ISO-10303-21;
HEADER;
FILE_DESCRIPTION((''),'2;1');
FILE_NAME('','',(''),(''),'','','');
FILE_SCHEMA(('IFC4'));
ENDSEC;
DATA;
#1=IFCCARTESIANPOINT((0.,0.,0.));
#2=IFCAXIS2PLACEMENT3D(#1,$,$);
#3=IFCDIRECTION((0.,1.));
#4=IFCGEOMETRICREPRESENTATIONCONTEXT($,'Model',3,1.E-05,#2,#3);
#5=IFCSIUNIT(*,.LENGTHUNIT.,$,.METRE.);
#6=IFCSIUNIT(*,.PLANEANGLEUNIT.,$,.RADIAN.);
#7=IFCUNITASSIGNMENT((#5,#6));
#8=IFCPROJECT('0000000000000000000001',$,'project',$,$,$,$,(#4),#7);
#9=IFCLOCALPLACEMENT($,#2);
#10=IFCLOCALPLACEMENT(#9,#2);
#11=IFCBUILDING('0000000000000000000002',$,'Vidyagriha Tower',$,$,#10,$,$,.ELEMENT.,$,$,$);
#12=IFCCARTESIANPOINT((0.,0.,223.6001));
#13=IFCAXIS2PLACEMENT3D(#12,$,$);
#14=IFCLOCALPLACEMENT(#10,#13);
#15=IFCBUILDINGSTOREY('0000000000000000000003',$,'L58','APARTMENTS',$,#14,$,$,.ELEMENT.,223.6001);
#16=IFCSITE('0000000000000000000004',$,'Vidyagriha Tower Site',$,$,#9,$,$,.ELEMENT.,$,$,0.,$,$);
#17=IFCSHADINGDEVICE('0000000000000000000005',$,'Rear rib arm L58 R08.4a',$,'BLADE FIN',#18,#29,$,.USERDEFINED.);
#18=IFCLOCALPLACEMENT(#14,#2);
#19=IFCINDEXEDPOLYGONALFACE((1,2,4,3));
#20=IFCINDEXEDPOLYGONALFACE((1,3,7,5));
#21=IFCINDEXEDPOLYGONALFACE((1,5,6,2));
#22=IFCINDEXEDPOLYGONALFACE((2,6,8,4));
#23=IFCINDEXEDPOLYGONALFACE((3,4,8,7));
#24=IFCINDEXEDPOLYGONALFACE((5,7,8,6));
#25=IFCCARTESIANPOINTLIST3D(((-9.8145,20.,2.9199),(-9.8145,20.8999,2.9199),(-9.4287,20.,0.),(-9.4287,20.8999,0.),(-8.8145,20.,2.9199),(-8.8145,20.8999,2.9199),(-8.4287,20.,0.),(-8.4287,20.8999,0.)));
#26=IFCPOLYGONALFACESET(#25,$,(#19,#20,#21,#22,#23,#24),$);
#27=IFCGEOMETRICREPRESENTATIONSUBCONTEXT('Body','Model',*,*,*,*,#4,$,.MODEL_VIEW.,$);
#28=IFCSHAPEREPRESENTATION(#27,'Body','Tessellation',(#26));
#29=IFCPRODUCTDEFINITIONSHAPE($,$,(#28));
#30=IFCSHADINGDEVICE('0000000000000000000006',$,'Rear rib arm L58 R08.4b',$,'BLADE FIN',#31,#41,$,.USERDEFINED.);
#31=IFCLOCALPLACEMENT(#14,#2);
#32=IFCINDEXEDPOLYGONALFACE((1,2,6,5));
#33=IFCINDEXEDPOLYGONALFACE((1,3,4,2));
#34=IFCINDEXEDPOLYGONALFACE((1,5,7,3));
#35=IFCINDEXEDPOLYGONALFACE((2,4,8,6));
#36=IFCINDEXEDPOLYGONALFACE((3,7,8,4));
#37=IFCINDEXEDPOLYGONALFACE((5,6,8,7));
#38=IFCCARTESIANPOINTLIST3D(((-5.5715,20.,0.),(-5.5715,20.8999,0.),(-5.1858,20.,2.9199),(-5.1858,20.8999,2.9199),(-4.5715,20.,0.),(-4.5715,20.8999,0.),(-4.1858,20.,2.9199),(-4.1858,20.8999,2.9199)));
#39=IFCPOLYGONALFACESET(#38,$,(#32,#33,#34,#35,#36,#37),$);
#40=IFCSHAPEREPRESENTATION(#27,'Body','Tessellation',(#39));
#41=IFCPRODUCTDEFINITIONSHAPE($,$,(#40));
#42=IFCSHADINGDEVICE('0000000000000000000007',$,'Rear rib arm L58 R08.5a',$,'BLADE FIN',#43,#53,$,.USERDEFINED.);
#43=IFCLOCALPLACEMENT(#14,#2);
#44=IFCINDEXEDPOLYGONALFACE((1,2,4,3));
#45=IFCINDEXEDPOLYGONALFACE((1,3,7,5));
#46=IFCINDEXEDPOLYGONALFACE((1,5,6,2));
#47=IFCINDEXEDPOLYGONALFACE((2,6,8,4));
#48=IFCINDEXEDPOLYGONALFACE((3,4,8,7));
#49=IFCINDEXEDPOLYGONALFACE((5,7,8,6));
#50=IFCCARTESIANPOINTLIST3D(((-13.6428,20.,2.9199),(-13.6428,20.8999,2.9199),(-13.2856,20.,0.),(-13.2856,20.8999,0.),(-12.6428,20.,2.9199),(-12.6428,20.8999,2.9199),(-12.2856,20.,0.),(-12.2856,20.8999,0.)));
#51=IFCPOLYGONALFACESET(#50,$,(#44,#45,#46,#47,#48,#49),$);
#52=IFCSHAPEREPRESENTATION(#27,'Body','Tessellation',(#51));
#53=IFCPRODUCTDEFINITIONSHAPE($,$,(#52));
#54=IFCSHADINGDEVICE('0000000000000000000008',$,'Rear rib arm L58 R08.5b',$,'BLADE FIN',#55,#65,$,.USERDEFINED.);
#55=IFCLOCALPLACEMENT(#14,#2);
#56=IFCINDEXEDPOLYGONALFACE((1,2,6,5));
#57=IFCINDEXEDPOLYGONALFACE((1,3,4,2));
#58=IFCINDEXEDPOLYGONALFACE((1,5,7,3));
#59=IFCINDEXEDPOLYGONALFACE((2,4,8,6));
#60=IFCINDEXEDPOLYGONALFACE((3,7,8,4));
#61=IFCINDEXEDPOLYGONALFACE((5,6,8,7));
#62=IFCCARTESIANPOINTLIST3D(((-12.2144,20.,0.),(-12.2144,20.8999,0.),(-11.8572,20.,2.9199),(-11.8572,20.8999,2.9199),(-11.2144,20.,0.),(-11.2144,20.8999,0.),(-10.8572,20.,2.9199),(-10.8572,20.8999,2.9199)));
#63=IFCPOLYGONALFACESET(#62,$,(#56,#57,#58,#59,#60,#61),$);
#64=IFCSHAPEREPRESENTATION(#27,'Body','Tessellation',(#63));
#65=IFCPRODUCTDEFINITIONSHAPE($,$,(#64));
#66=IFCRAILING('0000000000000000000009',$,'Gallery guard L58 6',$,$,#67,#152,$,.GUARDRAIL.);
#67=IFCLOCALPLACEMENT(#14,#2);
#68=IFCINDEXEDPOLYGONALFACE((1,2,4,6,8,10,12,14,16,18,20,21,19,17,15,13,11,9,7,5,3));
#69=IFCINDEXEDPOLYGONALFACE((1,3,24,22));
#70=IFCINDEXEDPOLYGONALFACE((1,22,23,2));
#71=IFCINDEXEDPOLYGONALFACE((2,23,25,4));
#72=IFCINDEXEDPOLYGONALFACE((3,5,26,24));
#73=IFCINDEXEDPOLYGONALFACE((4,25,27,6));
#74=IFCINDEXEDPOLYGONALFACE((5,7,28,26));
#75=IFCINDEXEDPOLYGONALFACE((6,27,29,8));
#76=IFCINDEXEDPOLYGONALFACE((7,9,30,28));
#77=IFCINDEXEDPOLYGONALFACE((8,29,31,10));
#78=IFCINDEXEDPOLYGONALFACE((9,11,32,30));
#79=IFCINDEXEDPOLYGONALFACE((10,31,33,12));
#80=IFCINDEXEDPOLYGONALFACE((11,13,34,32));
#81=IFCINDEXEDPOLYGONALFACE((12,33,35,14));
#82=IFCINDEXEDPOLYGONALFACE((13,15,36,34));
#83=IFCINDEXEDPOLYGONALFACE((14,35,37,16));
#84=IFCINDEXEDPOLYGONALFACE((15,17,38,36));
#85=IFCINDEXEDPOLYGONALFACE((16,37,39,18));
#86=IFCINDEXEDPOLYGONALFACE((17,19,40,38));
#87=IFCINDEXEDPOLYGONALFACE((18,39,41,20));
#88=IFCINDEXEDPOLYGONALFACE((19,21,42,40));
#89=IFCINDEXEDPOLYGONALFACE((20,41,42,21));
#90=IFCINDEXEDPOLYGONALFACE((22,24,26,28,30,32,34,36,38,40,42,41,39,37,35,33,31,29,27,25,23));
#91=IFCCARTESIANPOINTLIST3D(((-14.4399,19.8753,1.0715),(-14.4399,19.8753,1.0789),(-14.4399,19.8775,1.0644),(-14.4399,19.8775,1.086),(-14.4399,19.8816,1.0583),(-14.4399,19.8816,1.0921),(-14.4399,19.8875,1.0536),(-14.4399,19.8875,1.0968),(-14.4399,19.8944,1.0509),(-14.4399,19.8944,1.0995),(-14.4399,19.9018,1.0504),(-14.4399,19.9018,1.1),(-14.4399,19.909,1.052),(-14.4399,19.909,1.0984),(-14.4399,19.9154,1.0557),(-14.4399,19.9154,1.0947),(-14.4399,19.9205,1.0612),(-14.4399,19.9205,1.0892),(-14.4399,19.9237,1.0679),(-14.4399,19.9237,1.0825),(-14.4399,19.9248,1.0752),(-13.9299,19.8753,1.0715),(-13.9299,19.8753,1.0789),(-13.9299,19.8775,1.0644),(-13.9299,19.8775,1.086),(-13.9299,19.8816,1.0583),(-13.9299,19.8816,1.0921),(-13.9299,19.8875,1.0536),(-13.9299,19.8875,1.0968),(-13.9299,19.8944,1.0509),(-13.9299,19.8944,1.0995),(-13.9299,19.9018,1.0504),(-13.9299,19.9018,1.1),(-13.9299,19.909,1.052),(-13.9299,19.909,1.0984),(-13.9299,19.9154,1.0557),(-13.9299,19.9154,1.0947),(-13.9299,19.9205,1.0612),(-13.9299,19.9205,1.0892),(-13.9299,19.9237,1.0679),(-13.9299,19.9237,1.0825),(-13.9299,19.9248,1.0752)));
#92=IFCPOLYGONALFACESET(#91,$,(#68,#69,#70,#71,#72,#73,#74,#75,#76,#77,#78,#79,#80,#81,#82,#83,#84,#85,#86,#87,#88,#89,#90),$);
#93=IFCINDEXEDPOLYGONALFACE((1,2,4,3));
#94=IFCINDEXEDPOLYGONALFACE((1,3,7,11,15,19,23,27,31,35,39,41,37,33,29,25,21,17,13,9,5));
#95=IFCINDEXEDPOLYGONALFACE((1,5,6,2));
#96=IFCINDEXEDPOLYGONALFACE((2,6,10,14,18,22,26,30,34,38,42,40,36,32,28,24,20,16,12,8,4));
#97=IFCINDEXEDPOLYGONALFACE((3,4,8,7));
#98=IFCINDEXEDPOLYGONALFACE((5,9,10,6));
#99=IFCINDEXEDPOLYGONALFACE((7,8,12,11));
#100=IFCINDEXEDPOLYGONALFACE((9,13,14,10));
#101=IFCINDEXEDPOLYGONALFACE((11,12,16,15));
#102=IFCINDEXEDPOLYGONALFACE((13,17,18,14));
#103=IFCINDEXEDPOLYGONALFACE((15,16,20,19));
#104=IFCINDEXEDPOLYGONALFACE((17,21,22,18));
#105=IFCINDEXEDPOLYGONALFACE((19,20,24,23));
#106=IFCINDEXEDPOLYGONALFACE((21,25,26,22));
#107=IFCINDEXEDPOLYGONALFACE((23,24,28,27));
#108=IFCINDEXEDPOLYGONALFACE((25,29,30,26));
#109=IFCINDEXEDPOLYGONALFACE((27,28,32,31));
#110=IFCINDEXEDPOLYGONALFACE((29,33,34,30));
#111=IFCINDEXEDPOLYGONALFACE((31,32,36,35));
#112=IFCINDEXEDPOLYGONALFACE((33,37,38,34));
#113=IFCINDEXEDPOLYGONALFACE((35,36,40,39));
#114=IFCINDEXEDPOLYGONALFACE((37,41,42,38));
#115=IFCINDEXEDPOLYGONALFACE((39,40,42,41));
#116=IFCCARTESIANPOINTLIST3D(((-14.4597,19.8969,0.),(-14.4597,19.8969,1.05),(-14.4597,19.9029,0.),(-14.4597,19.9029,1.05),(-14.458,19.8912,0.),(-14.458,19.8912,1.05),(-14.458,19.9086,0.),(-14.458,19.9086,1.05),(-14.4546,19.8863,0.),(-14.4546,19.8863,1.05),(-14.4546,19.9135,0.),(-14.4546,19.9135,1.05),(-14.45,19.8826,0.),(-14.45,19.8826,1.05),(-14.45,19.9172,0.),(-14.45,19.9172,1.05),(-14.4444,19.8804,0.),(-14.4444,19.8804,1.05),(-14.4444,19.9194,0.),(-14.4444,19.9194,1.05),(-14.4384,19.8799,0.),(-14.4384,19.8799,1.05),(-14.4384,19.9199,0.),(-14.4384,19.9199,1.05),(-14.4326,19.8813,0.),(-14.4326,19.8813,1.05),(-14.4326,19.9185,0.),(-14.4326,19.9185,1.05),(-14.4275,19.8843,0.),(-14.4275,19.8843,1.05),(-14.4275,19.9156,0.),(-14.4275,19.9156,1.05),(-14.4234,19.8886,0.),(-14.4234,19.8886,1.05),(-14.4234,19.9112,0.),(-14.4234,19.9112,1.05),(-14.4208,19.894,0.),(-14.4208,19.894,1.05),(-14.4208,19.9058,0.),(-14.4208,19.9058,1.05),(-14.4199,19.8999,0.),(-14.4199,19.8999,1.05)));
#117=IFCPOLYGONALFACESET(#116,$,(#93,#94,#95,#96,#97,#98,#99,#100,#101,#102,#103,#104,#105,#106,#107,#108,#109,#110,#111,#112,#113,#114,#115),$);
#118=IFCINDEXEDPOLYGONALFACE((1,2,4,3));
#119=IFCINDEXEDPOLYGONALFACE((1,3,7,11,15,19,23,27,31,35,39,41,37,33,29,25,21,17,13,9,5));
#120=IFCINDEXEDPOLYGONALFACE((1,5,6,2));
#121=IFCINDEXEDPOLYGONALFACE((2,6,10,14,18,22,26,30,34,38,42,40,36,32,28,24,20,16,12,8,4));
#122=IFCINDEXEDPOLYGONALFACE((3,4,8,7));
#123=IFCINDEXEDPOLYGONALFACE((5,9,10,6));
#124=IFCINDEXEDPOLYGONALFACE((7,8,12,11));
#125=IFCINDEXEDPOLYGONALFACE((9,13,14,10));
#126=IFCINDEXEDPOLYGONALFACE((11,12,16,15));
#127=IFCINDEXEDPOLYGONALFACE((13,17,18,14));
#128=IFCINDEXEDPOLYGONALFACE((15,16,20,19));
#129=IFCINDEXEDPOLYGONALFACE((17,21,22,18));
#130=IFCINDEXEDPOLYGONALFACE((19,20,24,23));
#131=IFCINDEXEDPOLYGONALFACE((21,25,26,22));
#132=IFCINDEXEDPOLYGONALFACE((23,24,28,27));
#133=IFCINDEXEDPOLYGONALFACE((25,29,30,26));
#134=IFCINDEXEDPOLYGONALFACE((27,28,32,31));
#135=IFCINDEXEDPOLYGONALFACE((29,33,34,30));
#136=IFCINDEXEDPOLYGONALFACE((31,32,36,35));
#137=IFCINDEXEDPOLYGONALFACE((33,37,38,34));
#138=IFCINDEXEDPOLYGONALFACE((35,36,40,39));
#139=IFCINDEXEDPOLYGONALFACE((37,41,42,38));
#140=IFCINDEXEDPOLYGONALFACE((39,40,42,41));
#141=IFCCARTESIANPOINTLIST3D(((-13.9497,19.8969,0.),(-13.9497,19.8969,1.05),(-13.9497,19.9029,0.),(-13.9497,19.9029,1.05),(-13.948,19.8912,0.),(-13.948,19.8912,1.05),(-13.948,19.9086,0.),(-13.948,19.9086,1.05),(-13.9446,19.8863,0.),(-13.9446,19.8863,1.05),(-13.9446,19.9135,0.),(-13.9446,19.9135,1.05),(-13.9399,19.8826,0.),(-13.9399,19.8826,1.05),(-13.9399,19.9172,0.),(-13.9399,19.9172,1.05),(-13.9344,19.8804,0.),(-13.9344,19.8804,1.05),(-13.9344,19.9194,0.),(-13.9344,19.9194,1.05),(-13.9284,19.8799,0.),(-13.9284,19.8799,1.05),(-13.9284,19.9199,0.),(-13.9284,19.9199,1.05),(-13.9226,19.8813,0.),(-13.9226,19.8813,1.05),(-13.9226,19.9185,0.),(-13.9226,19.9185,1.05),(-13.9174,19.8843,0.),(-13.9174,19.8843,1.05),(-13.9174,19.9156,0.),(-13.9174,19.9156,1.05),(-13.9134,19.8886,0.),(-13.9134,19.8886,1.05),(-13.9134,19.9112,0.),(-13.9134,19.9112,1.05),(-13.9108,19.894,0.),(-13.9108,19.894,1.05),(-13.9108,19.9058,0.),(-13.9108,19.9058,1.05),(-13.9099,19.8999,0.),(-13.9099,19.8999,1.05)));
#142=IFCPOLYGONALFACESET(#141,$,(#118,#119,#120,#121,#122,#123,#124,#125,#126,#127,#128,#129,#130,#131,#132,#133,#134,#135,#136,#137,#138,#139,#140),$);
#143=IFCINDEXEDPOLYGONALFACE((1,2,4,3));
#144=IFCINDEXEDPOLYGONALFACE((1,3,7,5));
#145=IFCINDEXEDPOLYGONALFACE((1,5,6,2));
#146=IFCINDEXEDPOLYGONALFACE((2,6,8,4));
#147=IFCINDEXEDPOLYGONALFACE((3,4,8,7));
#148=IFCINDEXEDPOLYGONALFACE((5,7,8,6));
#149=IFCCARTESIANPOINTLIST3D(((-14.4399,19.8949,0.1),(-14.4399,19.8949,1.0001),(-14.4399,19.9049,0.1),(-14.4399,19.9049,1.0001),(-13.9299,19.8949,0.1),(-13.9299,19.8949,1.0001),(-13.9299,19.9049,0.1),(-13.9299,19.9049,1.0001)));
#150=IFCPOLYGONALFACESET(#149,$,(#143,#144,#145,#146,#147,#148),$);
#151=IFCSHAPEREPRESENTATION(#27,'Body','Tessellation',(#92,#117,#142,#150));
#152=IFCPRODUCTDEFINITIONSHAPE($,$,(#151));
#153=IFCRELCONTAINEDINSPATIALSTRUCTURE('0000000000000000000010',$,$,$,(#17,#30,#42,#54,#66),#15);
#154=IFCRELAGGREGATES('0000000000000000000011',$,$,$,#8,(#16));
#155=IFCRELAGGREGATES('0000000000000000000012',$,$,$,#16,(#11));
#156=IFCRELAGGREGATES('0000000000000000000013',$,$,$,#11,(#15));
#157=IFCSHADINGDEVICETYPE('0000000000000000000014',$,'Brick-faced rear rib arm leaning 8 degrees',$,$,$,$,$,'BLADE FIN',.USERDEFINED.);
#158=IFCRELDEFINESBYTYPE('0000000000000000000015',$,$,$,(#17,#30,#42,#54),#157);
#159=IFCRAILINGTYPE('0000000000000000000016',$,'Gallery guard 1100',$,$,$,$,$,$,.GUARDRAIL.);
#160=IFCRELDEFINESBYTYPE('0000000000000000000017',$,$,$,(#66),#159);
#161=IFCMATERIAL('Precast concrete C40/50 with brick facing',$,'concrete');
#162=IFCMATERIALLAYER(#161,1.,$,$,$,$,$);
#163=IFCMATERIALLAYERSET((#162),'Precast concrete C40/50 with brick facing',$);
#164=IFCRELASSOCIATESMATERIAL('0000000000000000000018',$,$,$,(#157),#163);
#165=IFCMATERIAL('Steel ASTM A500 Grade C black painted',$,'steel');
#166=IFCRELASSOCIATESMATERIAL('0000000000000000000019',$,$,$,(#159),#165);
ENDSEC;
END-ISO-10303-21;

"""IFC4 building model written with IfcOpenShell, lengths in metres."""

from ifc_helpers import new_model, si_unit, direction, frame, origin, origin_2d, place, context, subcontext, project, spatial, polyline, rectangle, circle, outline, extrude, material, layer, layer_set, type_object, element, save


model = new_model("IFC4")

# Units and contexts
model_context = context("Model", 3, precision=1e-05, world=origin(), true_north=direction((0.0, 1.0)))
body_context = subcontext(model_context, "Body", "Model", "MODEL_VIEW")
ifc_project = project(units=[si_unit("LENGTHUNIT", "METRE"), si_unit("PLANEANGLEUNIT", "RADIAN")], contexts=[model_context])

# Site, building, storey
site_placement = place(None, origin())
site = spatial("IfcSite", under=ifc_project, at=site_placement, Name="Vidyagriha Tower Site", CompositionType="ELEMENT", RefElevation=0.0)
building_placement = place(site_placement, origin())
building = spatial("IfcBuilding", under=site, at=building_placement, Name="Vidyagriha Tower", CompositionType="ELEMENT")
storey_placement = place(building_placement, frame((0.0, 0.0, 223.6001)))
storey = spatial("IfcBuildingStorey", under=building, at=storey_placement, Name="L58", Description="APARTMENTS", CompositionType="ELEMENT", Elevation=223.6001)

# Shading devices
ifc_material_1 = material(Name="Precast concrete C40/50 with brick facing", Category="concrete")
ifc_layer_1 = layer(ifc_material_1, 1.0)
ifc_layer_set_1 = layer_set([ifc_layer_1], Name="Precast concrete C40/50 with brick facing")
shading_device_type = type_object("IfcShadingDeviceType", Name="Brick-faced rear rib arm leaning 8 degrees", ElementType="BLADE FIN", PredefinedType="USERDEFINED", material=ifc_layer_set_1)
shading_device_1_placement = place(storey_placement, frame((-8.4287, 20.45, 0.0), z_axis=(0.0, 0.0, 1.0), x_axis=(-1.0, 0.0, 0.0)))
element("IfcShadingDevice", 1, at=shading_device_1_placement, inside=storey, type_object=shading_device_type, Name="Rear rib arm L58 R08.4a", ObjectType="BLADE FIN", PredefinedType="USERDEFINED", context=body_context, shape_type="SweptSolid", body=[
    extrude(outline(polyline([(0.0, 0.0), (1.0, 0.0), (1.3857, 2.9199), (0.3857, 2.9199), (0.0, 0.0)])), frame((0.0, 0.45, 0.0), z_axis=(0.0, -1.0, 0.0), x_axis=(1.0, 0.0, 0.0)), (0.0, 0.0, 1.0), 0.8999),
])
shading_device_2_placement = place(storey_placement, frame((-4.1858, 20.45, 0.0), z_axis=(0.0, 0.0, 1.0), x_axis=(-1.0, 0.0, 0.0)))
element("IfcShadingDevice", 2, at=shading_device_2_placement, inside=storey, type_object=shading_device_type, Name="Rear rib arm L58 R08.4b", ObjectType="BLADE FIN", PredefinedType="USERDEFINED", context=body_context, shape_type="SweptSolid", body=[
    extrude(outline(polyline([(0.3857, 0.0), (1.3857, 0.0), (1.0, 2.9199), (0.0, 2.9199), (0.3857, 0.0)])), frame((0.0, 0.45, 0.0), z_axis=(0.0, -1.0, 0.0), x_axis=(1.0, 0.0, 0.0)), (0.0, 0.0, 1.0), 0.8999),
])
shading_device_3_placement = place(storey_placement, frame((-12.2856, 20.45, 0.0), z_axis=(0.0, 0.0, 1.0), x_axis=(-1.0, 0.0, 0.0)))
element("IfcShadingDevice", 3, at=shading_device_3_placement, inside=storey, type_object=shading_device_type, Name="Rear rib arm L58 R08.5a", ObjectType="BLADE FIN", PredefinedType="USERDEFINED", context=body_context, shape_type="SweptSolid", body=[
    extrude(outline(polyline([(0.0, 0.0), (1.0, 0.0), (1.3572, 2.9199), (0.3572, 2.9199), (0.0, 0.0)])), frame((0.0, 0.45, 0.0), z_axis=(0.0, -1.0, 0.0), x_axis=(1.0, 0.0, 0.0)), (0.0, 0.0, 1.0), 0.8999),
])
shading_device_4_placement = place(storey_placement, frame((-10.8572, 20.45, 0.0), z_axis=(0.0, 0.0, 1.0), x_axis=(-1.0, 0.0, 0.0)))
element("IfcShadingDevice", 4, at=shading_device_4_placement, inside=storey, type_object=shading_device_type, Name="Rear rib arm L58 R08.5b", ObjectType="BLADE FIN", PredefinedType="USERDEFINED", context=body_context, shape_type="SweptSolid", body=[
    extrude(outline(polyline([(0.3572, 0.0), (1.3572, 0.0), (1.0, 2.9199), (0.0, 2.9199), (0.3572, 0.0)])), frame((0.0, 0.45, 0.0), z_axis=(0.0, -1.0, 0.0), x_axis=(1.0, 0.0, 0.0)), (0.0, 0.0, 1.0), 0.8999),
])

# Railing
ifc_material_2 = material(Name="Steel ASTM A500 Grade C black painted", Category="steel")
railing_type_1 = type_object("IfcRailingType", Name="Gallery guard 1100", PredefinedType="GUARDRAIL", material=ifc_material_2)
railing_1_placement = place(storey_placement, frame((-14.4399, 19.8999, 0.0)))
element("IfcRailing", 5, at=railing_1_placement, inside=storey, type_object=railing_type_1, Name="Gallery guard L58 6", PredefinedType="GUARDRAIL", context=body_context, shape_type="SweptSolid", body=[
    extrude(circle(Radius=0.0249, at=origin_2d()), frame((0.0, 0.0, 1.0752), z_axis=(1.0, 0.0, 0.0), x_axis=(0.0, 1.0, 0.0)), (0.0, 0.0, 1.0), 0.51),
    extrude(circle(Radius=0.02, at=origin_2d()), origin(), (0.0, 0.0, 1.0), 1.05),
    extrude(circle(Radius=0.02, at=origin_2d()), frame((0.51, 0.0, 0.0)), (0.0, 0.0, 1.0), 1.05),
    extrude(rectangle(XDim=0.01, YDim=0.9001, at=origin_2d()), frame((0.0, 0.0, 0.55), z_axis=(1.0, 0.0, 0.0), x_axis=(0.0, 1.0, 0.0)), (0.0, 0.0, 1.0), 0.51),
])

save(model, "model.ifc")
